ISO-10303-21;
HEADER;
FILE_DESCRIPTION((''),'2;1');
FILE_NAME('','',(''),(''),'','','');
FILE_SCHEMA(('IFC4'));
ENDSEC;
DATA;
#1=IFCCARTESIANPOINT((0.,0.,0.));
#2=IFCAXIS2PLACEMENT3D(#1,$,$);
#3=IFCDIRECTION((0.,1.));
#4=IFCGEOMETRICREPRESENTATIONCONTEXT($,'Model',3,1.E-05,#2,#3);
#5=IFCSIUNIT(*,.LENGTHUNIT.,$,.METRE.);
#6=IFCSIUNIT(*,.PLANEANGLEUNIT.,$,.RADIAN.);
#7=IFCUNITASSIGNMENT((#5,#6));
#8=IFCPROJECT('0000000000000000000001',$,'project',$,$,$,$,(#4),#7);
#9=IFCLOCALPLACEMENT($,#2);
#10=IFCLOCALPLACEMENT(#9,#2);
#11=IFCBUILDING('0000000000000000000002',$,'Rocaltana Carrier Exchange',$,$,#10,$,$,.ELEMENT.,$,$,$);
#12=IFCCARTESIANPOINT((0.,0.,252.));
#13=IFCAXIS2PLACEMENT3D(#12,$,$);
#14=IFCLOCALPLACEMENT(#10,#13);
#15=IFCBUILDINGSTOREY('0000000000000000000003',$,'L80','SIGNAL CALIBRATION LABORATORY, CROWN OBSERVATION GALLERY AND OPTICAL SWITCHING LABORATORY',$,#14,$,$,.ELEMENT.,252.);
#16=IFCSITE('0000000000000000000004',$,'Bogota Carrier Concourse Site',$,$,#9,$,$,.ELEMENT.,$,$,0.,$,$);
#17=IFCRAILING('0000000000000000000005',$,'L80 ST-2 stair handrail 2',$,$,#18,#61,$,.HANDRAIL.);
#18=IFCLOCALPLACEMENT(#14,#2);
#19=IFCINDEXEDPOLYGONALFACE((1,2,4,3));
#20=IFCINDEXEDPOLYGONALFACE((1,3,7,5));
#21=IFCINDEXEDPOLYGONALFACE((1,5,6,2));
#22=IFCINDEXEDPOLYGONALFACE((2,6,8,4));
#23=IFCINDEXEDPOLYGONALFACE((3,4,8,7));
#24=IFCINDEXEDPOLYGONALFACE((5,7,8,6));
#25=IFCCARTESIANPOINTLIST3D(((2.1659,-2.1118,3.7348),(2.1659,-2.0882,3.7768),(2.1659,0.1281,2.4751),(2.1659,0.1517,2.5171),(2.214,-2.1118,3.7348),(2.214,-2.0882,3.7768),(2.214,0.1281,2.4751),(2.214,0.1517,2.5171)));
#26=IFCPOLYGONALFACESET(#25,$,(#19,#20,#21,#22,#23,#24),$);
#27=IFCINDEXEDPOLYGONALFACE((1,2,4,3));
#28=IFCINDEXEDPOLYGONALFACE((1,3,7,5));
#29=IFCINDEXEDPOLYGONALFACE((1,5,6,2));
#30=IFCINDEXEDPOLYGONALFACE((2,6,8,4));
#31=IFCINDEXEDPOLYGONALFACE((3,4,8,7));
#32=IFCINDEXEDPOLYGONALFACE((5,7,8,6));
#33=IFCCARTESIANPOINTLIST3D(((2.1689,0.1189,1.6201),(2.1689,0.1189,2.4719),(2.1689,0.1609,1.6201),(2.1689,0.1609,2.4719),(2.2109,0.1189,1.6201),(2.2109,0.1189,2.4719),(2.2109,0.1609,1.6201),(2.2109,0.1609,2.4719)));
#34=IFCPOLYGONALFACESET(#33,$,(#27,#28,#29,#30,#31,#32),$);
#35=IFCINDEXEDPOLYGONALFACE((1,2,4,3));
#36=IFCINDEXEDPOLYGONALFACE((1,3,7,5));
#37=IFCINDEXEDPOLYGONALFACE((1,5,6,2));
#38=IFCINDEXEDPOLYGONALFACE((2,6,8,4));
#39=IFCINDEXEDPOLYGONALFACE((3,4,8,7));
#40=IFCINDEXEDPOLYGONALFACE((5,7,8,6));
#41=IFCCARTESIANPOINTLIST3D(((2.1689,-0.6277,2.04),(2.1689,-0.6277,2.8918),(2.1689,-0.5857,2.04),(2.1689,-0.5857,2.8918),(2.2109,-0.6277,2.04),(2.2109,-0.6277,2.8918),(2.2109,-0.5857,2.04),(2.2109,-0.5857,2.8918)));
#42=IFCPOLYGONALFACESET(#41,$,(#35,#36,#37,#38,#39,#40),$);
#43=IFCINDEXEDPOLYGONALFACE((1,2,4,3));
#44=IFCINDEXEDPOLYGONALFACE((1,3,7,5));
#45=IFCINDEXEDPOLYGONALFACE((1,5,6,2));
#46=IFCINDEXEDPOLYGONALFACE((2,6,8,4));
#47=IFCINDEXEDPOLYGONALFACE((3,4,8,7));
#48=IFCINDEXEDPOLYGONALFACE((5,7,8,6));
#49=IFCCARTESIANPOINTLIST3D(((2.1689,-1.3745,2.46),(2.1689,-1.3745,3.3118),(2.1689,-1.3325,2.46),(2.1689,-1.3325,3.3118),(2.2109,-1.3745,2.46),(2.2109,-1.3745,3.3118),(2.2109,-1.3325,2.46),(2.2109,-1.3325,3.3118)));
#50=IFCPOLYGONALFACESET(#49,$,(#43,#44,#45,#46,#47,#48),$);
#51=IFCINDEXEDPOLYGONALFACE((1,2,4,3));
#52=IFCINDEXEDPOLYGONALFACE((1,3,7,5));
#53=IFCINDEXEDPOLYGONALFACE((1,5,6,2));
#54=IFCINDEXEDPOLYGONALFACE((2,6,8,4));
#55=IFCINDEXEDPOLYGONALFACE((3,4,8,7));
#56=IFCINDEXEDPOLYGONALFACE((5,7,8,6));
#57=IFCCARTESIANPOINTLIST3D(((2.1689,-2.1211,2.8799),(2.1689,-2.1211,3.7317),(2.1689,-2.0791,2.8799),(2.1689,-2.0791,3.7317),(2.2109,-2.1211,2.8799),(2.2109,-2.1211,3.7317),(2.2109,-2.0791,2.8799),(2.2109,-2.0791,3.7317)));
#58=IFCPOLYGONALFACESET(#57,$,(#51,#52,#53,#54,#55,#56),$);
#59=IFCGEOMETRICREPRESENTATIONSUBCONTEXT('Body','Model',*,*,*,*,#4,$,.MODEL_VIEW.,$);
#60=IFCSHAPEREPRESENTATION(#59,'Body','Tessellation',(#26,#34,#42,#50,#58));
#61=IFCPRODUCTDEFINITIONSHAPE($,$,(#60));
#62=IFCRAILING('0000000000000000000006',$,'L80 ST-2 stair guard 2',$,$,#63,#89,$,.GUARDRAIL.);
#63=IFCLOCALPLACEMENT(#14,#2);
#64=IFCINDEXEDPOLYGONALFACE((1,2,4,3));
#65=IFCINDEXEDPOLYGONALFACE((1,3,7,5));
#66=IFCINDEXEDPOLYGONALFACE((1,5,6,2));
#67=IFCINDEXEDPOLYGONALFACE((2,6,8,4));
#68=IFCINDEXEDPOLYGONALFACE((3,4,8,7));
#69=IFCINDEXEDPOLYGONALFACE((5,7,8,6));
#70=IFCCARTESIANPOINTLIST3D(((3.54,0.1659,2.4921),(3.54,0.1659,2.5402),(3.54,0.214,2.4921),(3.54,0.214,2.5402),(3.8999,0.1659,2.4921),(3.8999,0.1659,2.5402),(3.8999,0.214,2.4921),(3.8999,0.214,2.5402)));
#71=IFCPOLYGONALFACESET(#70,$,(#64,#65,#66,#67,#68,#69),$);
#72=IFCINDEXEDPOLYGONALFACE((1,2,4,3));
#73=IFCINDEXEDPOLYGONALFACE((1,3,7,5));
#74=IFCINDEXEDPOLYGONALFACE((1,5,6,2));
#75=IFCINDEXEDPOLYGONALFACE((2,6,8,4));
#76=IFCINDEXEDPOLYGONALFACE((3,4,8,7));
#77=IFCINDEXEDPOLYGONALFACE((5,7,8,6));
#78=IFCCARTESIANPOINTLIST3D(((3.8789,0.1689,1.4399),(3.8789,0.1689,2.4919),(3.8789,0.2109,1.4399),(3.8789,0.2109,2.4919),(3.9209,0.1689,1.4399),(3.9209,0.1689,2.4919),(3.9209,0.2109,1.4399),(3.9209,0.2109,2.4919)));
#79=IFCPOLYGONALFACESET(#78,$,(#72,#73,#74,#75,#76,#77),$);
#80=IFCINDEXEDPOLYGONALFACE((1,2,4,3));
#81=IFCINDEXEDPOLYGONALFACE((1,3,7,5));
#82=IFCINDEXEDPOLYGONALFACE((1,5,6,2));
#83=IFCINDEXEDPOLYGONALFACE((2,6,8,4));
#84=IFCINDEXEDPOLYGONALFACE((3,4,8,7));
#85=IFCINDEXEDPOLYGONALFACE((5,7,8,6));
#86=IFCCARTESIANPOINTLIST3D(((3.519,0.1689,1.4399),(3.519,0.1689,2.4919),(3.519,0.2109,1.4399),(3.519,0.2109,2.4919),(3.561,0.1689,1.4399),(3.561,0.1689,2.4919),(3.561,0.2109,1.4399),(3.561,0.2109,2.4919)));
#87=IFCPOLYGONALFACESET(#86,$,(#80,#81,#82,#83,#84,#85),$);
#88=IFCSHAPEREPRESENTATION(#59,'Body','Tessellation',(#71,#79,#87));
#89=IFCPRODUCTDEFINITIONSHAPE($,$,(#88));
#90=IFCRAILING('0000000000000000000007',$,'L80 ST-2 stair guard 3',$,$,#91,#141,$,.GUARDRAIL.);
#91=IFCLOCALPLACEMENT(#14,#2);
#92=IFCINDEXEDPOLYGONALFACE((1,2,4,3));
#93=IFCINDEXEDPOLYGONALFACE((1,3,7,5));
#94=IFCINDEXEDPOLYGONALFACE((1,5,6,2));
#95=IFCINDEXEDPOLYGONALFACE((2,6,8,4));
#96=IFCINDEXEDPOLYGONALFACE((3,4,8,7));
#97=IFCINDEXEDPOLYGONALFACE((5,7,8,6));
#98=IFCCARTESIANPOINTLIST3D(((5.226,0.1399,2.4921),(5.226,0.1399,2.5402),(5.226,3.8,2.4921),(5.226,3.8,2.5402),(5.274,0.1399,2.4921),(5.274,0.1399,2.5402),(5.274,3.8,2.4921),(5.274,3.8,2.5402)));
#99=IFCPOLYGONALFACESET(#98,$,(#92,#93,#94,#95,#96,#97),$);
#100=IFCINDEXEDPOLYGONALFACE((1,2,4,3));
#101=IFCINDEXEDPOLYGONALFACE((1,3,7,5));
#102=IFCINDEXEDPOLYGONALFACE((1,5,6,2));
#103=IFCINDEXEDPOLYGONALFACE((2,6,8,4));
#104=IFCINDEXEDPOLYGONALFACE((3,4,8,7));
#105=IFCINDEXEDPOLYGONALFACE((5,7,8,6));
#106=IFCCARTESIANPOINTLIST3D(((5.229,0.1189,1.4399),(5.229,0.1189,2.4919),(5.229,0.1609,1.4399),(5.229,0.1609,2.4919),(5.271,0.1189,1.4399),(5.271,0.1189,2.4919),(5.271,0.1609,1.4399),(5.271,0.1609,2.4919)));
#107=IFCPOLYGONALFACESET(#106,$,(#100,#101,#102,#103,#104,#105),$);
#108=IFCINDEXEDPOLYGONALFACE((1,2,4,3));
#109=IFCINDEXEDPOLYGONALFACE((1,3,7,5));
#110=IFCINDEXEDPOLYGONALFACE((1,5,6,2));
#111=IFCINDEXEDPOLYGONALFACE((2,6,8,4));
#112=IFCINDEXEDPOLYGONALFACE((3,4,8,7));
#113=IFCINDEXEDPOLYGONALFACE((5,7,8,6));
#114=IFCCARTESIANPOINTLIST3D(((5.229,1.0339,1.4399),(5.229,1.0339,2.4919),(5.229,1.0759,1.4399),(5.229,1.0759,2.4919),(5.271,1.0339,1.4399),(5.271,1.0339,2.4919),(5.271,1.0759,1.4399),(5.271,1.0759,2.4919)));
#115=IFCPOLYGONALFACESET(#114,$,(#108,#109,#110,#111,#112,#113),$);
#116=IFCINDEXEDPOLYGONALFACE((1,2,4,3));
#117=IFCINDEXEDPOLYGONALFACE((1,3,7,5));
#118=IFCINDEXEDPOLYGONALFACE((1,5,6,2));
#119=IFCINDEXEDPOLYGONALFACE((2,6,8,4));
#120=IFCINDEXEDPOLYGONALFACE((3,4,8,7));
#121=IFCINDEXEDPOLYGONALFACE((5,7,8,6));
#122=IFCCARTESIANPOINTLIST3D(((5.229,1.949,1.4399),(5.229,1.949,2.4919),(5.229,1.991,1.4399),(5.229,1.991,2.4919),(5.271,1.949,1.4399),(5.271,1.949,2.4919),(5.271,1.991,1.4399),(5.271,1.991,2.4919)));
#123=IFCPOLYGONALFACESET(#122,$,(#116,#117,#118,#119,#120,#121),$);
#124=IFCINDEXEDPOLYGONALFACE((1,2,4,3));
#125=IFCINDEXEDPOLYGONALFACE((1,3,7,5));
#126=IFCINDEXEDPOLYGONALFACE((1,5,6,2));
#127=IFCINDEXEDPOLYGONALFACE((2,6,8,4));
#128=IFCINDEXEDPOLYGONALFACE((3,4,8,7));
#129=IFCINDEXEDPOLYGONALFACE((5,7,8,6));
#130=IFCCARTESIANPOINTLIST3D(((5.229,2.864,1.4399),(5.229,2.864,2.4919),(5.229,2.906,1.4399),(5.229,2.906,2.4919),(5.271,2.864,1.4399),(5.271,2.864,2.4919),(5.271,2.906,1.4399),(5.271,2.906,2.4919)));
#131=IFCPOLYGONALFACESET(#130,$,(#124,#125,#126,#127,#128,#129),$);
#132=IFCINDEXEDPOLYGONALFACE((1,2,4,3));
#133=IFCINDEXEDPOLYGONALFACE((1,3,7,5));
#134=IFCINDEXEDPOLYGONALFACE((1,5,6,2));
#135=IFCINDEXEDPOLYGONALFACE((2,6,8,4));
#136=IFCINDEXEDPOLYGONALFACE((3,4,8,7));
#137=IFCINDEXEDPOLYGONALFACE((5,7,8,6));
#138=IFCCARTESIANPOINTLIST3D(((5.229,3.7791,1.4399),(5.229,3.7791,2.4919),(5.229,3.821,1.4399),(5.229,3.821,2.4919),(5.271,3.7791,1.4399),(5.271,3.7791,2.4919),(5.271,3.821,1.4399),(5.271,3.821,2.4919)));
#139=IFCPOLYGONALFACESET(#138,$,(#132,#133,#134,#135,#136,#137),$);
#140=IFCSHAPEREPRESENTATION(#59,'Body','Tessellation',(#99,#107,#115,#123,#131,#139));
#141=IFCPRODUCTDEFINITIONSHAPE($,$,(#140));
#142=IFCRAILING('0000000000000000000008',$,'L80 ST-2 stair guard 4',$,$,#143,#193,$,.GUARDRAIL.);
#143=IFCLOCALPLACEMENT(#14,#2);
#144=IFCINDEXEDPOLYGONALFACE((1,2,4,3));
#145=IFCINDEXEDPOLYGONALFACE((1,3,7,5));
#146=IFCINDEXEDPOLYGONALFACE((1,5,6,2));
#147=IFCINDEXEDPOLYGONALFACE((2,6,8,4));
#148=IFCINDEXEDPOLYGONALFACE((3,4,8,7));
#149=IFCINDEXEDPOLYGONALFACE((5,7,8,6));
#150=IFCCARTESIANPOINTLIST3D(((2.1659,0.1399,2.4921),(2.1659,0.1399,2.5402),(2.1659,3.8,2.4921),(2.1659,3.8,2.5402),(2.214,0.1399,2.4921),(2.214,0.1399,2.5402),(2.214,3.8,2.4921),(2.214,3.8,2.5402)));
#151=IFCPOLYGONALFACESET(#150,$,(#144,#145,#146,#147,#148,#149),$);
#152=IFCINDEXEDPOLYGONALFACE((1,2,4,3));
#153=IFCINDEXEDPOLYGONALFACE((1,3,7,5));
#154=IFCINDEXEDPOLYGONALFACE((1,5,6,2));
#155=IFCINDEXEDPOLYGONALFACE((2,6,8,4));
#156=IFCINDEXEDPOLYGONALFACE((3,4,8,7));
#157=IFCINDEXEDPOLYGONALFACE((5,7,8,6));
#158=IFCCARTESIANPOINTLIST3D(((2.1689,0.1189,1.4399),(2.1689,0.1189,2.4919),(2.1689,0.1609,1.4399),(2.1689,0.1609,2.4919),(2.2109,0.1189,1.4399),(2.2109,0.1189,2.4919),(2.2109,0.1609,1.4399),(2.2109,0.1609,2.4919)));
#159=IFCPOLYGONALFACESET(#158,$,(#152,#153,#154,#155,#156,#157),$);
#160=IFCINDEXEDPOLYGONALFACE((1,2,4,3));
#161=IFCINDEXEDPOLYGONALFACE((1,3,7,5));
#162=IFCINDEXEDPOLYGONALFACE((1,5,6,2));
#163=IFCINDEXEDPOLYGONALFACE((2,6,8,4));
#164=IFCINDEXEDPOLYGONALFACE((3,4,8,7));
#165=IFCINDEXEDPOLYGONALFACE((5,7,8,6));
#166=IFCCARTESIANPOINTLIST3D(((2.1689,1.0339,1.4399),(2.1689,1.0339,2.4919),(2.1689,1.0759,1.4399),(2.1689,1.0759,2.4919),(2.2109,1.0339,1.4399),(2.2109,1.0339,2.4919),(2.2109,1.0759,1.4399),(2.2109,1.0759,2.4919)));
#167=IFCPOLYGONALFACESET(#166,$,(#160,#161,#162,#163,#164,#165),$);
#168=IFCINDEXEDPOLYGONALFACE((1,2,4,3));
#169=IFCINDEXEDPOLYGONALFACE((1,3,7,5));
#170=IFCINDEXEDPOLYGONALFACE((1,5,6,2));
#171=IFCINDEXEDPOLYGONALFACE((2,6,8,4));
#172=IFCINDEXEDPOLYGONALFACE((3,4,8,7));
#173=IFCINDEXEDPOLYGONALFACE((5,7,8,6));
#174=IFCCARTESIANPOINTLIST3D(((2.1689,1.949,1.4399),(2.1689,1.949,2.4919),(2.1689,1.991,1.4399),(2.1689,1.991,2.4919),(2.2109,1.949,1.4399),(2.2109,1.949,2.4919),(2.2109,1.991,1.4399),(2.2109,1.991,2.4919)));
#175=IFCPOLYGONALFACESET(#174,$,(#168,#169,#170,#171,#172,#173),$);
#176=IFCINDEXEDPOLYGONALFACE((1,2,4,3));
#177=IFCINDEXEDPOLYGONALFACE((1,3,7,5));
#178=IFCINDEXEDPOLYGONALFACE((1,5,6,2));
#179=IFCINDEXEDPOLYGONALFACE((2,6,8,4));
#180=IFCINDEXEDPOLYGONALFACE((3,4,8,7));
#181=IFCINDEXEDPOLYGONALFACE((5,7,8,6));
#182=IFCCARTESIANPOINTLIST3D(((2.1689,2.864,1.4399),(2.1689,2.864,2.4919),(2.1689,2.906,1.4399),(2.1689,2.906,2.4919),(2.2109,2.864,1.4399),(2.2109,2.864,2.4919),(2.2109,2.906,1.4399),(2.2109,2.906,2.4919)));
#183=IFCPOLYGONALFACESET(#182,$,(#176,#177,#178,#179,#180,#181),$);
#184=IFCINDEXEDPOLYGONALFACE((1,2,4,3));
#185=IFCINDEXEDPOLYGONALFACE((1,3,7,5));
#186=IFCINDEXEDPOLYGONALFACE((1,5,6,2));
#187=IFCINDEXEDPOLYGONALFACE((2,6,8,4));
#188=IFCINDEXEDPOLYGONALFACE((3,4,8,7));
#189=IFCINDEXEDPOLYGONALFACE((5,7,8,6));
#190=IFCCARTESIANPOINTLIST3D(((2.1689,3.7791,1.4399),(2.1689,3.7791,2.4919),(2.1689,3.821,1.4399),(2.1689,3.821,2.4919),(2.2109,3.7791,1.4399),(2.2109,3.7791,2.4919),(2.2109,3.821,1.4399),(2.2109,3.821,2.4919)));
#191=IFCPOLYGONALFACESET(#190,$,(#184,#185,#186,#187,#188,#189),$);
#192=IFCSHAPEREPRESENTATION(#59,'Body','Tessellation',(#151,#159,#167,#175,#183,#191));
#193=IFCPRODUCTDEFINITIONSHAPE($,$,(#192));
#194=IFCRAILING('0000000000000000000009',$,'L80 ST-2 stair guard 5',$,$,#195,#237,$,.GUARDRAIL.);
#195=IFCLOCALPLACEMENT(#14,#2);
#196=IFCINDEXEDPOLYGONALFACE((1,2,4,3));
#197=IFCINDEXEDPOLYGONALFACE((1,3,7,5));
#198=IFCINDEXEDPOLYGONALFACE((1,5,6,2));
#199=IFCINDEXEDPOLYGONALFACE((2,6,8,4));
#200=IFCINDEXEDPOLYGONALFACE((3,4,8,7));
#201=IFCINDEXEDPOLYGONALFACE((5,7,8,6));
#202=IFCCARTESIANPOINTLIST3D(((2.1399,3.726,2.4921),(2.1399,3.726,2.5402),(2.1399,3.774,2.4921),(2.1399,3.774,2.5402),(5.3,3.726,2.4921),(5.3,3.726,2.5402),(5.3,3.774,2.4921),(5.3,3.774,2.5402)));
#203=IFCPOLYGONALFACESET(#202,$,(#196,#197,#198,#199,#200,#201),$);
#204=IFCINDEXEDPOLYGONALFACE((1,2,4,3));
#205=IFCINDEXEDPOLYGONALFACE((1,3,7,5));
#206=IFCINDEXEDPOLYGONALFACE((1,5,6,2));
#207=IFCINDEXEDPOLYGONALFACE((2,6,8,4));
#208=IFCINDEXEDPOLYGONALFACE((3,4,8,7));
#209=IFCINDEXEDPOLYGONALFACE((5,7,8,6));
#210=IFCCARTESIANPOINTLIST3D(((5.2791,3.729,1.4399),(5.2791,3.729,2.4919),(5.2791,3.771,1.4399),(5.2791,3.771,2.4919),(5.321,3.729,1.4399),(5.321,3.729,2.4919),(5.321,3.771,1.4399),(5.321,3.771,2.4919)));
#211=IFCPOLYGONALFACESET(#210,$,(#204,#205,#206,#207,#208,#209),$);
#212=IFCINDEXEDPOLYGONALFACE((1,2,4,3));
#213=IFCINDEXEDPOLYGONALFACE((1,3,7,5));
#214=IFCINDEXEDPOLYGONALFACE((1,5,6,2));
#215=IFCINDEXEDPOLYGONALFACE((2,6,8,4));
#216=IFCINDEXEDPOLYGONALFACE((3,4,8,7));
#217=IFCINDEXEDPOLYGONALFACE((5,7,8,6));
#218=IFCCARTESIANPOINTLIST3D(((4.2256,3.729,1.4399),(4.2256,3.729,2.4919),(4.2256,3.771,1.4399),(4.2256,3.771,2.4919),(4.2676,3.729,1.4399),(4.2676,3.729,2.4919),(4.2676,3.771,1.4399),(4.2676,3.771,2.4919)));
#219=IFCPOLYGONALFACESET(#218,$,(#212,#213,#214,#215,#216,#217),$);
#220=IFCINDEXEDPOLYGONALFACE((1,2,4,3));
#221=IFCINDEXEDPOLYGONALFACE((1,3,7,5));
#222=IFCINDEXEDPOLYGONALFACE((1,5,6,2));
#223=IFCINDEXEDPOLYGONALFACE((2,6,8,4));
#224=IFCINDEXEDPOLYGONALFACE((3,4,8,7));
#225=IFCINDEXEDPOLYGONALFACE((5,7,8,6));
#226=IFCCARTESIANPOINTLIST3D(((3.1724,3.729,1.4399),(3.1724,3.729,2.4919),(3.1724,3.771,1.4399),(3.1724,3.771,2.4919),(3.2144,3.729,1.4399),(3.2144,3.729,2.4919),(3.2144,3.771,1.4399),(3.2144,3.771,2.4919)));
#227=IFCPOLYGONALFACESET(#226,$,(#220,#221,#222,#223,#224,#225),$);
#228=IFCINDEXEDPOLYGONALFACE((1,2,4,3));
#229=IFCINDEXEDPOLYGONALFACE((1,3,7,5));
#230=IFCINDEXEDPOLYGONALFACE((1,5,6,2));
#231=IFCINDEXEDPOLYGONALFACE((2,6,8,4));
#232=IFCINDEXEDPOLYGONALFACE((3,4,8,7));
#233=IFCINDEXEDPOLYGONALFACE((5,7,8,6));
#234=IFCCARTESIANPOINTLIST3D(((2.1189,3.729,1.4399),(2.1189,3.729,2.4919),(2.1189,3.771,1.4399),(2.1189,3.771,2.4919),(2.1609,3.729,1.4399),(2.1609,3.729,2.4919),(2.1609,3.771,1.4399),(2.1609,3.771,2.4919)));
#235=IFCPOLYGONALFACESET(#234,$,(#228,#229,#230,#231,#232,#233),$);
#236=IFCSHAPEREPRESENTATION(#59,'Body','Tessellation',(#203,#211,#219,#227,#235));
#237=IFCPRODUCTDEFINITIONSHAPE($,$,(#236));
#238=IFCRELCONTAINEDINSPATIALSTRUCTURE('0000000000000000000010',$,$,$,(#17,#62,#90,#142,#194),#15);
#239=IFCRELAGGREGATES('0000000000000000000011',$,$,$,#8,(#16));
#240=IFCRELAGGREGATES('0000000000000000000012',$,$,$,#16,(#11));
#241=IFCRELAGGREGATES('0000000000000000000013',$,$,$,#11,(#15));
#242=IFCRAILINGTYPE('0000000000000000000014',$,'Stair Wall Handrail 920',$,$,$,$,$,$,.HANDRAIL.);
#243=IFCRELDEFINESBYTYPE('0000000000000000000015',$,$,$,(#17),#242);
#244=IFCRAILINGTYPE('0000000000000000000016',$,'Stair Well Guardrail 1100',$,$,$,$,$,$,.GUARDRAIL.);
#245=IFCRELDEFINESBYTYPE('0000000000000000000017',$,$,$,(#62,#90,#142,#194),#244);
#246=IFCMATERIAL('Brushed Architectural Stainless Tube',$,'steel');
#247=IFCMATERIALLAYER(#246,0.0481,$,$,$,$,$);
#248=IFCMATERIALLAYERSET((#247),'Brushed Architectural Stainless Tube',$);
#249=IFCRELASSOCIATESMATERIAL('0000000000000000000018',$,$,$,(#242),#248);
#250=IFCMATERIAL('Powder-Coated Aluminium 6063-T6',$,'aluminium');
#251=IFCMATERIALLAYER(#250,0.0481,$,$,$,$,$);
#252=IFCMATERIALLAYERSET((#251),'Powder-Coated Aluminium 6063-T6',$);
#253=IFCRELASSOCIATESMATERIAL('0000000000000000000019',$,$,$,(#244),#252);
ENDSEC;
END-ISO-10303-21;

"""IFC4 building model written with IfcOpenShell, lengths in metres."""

from ifc_helpers import new_model, si_unit, direction, frame, origin, origin_2d, place, context, subcontext, project, spatial, rectangle, extrude, material, layer, layer_set, type_object, element, save


model = new_model("IFC4")

# Units and contexts
model_context = context("Model", 3, precision=1e-05, world=origin(), true_north=direction((0.0, 1.0)))
body_context = subcontext(model_context, "Body", "Model", "MODEL_VIEW")
ifc_project = project(units=[si_unit("LENGTHUNIT", "METRE"), si_unit("PLANEANGLEUNIT", "RADIAN")], contexts=[model_context])

# Site, building, storey
site_placement = place(None, origin())
site = spatial("IfcSite", under=ifc_project, at=site_placement, Name="Bogota Carrier Concourse Site", CompositionType="ELEMENT", RefElevation=0.0)
building_placement = place(site_placement, origin())
building = spatial("IfcBuilding", under=site, at=building_placement, Name="Rocaltana Carrier Exchange", CompositionType="ELEMENT")
storey_placement = place(building_placement, frame((0.0, 0.0, 252.0)))
storey = spatial("IfcBuildingStorey", under=building, at=storey_placement, Name="L80", Description="SIGNAL CALIBRATION LABORATORY, CROWN OBSERVATION GALLERY AND OPTICAL SWITCHING LABORATORY", CompositionType="ELEMENT", Elevation=252.0)

# Railings
ifc_material_1 = material(Name="Brushed Architectural Stainless Tube", Category="steel")
ifc_layer_1 = layer(ifc_material_1, 0.0481)
ifc_layer_set_1 = layer_set([ifc_layer_1], Name="Brushed Architectural Stainless Tube")
railing_type_1 = type_object("IfcRailingType", Name="Stair Wall Handrail 920", PredefinedType="HANDRAIL", material=ifc_layer_set_1)
railing_1_placement = place(storey_placement, frame((2.1899, 0.1399, 1.6201)))
element("IfcRailing", 1, at=railing_1_placement, inside=storey, type_object=railing_type_1, Name="L80 ST-2 stair handrail 2", PredefinedType="HANDRAIL", context=body_context, shape_type="SweptSolid", body=[
    extrude(rectangle(XDim=0.0481, YDim=0.0481, at=origin_2d()), frame((0.0, 0.0, 0.876), z_axis=(0.0, -0.871614, 0.490194), x_axis=(1.0, 0.0, 0.0)), (0.0, 0.0, 1.0), 2.5698),
    extrude(rectangle(XDim=0.042, YDim=0.042, at=origin_2d()), origin(), (0.0, 0.0, 1.0), 0.8518),
    extrude(rectangle(XDim=0.042, YDim=0.042, at=origin_2d()), frame((0.0, -0.7466, 0.4199)), (0.0, 0.0, 1.0), 0.8518),
    extrude(rectangle(XDim=0.042, YDim=0.042, at=origin_2d()), frame((0.0, -1.4934, 0.8398)), (0.0, 0.0, 1.0), 0.8518),
    extrude(rectangle(XDim=0.042, YDim=0.042, at=origin_2d()), frame((0.0, -2.24, 1.2598)), (0.0, 0.0, 1.0), 0.8518),
])
ifc_material_2 = material(Name="Powder-Coated Aluminium 6063-T6", Category="aluminium")
ifc_layer_2 = layer(ifc_material_2, 0.0481)
ifc_layer_set_2 = layer_set([ifc_layer_2], Name="Powder-Coated Aluminium 6063-T6")
railing_type_2 = type_object("IfcRailingType", Name="Stair Well Guardrail 1100", PredefinedType="GUARDRAIL", material=ifc_layer_set_2)
railing_2_placement = place(storey_placement, frame((3.8999, 0.1899, 1.4399)))
element("IfcRailing", 2, at=railing_2_placement, inside=storey, type_object=railing_type_2, Name="L80 ST-2 stair guard 2", PredefinedType="GUARDRAIL", context=body_context, shape_type="SweptSolid", body=[
    extrude(rectangle(XDim=0.0481, YDim=0.0481, at=origin_2d()), frame((0.0, 0.0, 1.0762), z_axis=(-1.0, 0.0, 0.0), x_axis=(0.0, -1.0, 0.0)), (0.0, 0.0, 1.0), 0.3599),
    extrude(rectangle(XDim=0.042, YDim=0.042, at=origin_2d()), origin(), (0.0, 0.0, 1.0), 1.052),
    extrude(rectangle(XDim=0.042, YDim=0.042, at=origin_2d()), frame((-0.3599, 0.0, 0.0)), (0.0, 0.0, 1.0), 1.052),
])
for number, where, name in (
    (3, (5.25, 0.1399, 1.4399), "L80 ST-2 stair guard 3"),
    (4, (2.1899, 0.1399, 1.4399), "L80 ST-2 stair guard 4"),
):
    element("IfcRailing", number, at=place(storey_placement, frame(where)), inside=storey, type_object=railing_type_2, Name=name, PredefinedType="GUARDRAIL", context=body_context, shape_type="SweptSolid", body=[
        extrude(rectangle(XDim=0.0481, YDim=0.0481, at=origin_2d()), frame((0.0, 0.0, 1.0762), z_axis=(0.0, 1.0, 0.0), x_axis=(-1.0, 0.0, 0.0)), (0.0, 0.0, 1.0), 3.6602),
        extrude(rectangle(XDim=0.042, YDim=0.042, at=origin_2d()), origin(), (0.0, 0.0, 1.0), 1.052),
        extrude(rectangle(XDim=0.042, YDim=0.042, at=origin_2d()), frame((0.0, 0.915, 0.0)), (0.0, 0.0, 1.0), 1.052),
        extrude(rectangle(XDim=0.042, YDim=0.042, at=origin_2d()), frame((0.0, 1.8301, 0.0)), (0.0, 0.0, 1.0), 1.052),
        extrude(rectangle(XDim=0.042, YDim=0.042, at=origin_2d()), frame((0.0, 2.7451, 0.0)), (0.0, 0.0, 1.0), 1.052),
        extrude(rectangle(XDim=0.042, YDim=0.042, at=origin_2d()), frame((0.0, 3.6602, 0.0)), (0.0, 0.0, 1.0), 1.052),
    ])
railing_3_placement = place(storey_placement, frame((5.3, 3.75, 1.4399)))
element("IfcRailing", 5, at=railing_3_placement, inside=storey, type_object=railing_type_2, Name="L80 ST-2 stair guard 5", PredefinedType="GUARDRAIL", context=body_context, shape_type="SweptSolid", body=[
    extrude(rectangle(XDim=0.0481, YDim=0.0481, at=origin_2d()), frame((0.0, 0.0, 1.0762), z_axis=(-1.0, 0.0, 0.0), x_axis=(0.0, -1.0, 0.0)), (0.0, 0.0, 1.0), 3.1602),
    extrude(rectangle(XDim=0.042, YDim=0.042, at=origin_2d()), origin(), (0.0, 0.0, 1.0), 1.052),
    extrude(rectangle(XDim=0.042, YDim=0.042, at=origin_2d()), frame((-1.0535, 0.0, 0.0)), (0.0, 0.0, 1.0), 1.052),
    extrude(rectangle(XDim=0.042, YDim=0.042, at=origin_2d()), frame((-2.1067, 0.0, 0.0)), (0.0, 0.0, 1.0), 1.052),
    extrude(rectangle(XDim=0.042, YDim=0.042, at=origin_2d()), frame((-3.1602, 0.0, 0.0)), (0.0, 0.0, 1.0), 1.052),
])

save(model, "model.ifc")
